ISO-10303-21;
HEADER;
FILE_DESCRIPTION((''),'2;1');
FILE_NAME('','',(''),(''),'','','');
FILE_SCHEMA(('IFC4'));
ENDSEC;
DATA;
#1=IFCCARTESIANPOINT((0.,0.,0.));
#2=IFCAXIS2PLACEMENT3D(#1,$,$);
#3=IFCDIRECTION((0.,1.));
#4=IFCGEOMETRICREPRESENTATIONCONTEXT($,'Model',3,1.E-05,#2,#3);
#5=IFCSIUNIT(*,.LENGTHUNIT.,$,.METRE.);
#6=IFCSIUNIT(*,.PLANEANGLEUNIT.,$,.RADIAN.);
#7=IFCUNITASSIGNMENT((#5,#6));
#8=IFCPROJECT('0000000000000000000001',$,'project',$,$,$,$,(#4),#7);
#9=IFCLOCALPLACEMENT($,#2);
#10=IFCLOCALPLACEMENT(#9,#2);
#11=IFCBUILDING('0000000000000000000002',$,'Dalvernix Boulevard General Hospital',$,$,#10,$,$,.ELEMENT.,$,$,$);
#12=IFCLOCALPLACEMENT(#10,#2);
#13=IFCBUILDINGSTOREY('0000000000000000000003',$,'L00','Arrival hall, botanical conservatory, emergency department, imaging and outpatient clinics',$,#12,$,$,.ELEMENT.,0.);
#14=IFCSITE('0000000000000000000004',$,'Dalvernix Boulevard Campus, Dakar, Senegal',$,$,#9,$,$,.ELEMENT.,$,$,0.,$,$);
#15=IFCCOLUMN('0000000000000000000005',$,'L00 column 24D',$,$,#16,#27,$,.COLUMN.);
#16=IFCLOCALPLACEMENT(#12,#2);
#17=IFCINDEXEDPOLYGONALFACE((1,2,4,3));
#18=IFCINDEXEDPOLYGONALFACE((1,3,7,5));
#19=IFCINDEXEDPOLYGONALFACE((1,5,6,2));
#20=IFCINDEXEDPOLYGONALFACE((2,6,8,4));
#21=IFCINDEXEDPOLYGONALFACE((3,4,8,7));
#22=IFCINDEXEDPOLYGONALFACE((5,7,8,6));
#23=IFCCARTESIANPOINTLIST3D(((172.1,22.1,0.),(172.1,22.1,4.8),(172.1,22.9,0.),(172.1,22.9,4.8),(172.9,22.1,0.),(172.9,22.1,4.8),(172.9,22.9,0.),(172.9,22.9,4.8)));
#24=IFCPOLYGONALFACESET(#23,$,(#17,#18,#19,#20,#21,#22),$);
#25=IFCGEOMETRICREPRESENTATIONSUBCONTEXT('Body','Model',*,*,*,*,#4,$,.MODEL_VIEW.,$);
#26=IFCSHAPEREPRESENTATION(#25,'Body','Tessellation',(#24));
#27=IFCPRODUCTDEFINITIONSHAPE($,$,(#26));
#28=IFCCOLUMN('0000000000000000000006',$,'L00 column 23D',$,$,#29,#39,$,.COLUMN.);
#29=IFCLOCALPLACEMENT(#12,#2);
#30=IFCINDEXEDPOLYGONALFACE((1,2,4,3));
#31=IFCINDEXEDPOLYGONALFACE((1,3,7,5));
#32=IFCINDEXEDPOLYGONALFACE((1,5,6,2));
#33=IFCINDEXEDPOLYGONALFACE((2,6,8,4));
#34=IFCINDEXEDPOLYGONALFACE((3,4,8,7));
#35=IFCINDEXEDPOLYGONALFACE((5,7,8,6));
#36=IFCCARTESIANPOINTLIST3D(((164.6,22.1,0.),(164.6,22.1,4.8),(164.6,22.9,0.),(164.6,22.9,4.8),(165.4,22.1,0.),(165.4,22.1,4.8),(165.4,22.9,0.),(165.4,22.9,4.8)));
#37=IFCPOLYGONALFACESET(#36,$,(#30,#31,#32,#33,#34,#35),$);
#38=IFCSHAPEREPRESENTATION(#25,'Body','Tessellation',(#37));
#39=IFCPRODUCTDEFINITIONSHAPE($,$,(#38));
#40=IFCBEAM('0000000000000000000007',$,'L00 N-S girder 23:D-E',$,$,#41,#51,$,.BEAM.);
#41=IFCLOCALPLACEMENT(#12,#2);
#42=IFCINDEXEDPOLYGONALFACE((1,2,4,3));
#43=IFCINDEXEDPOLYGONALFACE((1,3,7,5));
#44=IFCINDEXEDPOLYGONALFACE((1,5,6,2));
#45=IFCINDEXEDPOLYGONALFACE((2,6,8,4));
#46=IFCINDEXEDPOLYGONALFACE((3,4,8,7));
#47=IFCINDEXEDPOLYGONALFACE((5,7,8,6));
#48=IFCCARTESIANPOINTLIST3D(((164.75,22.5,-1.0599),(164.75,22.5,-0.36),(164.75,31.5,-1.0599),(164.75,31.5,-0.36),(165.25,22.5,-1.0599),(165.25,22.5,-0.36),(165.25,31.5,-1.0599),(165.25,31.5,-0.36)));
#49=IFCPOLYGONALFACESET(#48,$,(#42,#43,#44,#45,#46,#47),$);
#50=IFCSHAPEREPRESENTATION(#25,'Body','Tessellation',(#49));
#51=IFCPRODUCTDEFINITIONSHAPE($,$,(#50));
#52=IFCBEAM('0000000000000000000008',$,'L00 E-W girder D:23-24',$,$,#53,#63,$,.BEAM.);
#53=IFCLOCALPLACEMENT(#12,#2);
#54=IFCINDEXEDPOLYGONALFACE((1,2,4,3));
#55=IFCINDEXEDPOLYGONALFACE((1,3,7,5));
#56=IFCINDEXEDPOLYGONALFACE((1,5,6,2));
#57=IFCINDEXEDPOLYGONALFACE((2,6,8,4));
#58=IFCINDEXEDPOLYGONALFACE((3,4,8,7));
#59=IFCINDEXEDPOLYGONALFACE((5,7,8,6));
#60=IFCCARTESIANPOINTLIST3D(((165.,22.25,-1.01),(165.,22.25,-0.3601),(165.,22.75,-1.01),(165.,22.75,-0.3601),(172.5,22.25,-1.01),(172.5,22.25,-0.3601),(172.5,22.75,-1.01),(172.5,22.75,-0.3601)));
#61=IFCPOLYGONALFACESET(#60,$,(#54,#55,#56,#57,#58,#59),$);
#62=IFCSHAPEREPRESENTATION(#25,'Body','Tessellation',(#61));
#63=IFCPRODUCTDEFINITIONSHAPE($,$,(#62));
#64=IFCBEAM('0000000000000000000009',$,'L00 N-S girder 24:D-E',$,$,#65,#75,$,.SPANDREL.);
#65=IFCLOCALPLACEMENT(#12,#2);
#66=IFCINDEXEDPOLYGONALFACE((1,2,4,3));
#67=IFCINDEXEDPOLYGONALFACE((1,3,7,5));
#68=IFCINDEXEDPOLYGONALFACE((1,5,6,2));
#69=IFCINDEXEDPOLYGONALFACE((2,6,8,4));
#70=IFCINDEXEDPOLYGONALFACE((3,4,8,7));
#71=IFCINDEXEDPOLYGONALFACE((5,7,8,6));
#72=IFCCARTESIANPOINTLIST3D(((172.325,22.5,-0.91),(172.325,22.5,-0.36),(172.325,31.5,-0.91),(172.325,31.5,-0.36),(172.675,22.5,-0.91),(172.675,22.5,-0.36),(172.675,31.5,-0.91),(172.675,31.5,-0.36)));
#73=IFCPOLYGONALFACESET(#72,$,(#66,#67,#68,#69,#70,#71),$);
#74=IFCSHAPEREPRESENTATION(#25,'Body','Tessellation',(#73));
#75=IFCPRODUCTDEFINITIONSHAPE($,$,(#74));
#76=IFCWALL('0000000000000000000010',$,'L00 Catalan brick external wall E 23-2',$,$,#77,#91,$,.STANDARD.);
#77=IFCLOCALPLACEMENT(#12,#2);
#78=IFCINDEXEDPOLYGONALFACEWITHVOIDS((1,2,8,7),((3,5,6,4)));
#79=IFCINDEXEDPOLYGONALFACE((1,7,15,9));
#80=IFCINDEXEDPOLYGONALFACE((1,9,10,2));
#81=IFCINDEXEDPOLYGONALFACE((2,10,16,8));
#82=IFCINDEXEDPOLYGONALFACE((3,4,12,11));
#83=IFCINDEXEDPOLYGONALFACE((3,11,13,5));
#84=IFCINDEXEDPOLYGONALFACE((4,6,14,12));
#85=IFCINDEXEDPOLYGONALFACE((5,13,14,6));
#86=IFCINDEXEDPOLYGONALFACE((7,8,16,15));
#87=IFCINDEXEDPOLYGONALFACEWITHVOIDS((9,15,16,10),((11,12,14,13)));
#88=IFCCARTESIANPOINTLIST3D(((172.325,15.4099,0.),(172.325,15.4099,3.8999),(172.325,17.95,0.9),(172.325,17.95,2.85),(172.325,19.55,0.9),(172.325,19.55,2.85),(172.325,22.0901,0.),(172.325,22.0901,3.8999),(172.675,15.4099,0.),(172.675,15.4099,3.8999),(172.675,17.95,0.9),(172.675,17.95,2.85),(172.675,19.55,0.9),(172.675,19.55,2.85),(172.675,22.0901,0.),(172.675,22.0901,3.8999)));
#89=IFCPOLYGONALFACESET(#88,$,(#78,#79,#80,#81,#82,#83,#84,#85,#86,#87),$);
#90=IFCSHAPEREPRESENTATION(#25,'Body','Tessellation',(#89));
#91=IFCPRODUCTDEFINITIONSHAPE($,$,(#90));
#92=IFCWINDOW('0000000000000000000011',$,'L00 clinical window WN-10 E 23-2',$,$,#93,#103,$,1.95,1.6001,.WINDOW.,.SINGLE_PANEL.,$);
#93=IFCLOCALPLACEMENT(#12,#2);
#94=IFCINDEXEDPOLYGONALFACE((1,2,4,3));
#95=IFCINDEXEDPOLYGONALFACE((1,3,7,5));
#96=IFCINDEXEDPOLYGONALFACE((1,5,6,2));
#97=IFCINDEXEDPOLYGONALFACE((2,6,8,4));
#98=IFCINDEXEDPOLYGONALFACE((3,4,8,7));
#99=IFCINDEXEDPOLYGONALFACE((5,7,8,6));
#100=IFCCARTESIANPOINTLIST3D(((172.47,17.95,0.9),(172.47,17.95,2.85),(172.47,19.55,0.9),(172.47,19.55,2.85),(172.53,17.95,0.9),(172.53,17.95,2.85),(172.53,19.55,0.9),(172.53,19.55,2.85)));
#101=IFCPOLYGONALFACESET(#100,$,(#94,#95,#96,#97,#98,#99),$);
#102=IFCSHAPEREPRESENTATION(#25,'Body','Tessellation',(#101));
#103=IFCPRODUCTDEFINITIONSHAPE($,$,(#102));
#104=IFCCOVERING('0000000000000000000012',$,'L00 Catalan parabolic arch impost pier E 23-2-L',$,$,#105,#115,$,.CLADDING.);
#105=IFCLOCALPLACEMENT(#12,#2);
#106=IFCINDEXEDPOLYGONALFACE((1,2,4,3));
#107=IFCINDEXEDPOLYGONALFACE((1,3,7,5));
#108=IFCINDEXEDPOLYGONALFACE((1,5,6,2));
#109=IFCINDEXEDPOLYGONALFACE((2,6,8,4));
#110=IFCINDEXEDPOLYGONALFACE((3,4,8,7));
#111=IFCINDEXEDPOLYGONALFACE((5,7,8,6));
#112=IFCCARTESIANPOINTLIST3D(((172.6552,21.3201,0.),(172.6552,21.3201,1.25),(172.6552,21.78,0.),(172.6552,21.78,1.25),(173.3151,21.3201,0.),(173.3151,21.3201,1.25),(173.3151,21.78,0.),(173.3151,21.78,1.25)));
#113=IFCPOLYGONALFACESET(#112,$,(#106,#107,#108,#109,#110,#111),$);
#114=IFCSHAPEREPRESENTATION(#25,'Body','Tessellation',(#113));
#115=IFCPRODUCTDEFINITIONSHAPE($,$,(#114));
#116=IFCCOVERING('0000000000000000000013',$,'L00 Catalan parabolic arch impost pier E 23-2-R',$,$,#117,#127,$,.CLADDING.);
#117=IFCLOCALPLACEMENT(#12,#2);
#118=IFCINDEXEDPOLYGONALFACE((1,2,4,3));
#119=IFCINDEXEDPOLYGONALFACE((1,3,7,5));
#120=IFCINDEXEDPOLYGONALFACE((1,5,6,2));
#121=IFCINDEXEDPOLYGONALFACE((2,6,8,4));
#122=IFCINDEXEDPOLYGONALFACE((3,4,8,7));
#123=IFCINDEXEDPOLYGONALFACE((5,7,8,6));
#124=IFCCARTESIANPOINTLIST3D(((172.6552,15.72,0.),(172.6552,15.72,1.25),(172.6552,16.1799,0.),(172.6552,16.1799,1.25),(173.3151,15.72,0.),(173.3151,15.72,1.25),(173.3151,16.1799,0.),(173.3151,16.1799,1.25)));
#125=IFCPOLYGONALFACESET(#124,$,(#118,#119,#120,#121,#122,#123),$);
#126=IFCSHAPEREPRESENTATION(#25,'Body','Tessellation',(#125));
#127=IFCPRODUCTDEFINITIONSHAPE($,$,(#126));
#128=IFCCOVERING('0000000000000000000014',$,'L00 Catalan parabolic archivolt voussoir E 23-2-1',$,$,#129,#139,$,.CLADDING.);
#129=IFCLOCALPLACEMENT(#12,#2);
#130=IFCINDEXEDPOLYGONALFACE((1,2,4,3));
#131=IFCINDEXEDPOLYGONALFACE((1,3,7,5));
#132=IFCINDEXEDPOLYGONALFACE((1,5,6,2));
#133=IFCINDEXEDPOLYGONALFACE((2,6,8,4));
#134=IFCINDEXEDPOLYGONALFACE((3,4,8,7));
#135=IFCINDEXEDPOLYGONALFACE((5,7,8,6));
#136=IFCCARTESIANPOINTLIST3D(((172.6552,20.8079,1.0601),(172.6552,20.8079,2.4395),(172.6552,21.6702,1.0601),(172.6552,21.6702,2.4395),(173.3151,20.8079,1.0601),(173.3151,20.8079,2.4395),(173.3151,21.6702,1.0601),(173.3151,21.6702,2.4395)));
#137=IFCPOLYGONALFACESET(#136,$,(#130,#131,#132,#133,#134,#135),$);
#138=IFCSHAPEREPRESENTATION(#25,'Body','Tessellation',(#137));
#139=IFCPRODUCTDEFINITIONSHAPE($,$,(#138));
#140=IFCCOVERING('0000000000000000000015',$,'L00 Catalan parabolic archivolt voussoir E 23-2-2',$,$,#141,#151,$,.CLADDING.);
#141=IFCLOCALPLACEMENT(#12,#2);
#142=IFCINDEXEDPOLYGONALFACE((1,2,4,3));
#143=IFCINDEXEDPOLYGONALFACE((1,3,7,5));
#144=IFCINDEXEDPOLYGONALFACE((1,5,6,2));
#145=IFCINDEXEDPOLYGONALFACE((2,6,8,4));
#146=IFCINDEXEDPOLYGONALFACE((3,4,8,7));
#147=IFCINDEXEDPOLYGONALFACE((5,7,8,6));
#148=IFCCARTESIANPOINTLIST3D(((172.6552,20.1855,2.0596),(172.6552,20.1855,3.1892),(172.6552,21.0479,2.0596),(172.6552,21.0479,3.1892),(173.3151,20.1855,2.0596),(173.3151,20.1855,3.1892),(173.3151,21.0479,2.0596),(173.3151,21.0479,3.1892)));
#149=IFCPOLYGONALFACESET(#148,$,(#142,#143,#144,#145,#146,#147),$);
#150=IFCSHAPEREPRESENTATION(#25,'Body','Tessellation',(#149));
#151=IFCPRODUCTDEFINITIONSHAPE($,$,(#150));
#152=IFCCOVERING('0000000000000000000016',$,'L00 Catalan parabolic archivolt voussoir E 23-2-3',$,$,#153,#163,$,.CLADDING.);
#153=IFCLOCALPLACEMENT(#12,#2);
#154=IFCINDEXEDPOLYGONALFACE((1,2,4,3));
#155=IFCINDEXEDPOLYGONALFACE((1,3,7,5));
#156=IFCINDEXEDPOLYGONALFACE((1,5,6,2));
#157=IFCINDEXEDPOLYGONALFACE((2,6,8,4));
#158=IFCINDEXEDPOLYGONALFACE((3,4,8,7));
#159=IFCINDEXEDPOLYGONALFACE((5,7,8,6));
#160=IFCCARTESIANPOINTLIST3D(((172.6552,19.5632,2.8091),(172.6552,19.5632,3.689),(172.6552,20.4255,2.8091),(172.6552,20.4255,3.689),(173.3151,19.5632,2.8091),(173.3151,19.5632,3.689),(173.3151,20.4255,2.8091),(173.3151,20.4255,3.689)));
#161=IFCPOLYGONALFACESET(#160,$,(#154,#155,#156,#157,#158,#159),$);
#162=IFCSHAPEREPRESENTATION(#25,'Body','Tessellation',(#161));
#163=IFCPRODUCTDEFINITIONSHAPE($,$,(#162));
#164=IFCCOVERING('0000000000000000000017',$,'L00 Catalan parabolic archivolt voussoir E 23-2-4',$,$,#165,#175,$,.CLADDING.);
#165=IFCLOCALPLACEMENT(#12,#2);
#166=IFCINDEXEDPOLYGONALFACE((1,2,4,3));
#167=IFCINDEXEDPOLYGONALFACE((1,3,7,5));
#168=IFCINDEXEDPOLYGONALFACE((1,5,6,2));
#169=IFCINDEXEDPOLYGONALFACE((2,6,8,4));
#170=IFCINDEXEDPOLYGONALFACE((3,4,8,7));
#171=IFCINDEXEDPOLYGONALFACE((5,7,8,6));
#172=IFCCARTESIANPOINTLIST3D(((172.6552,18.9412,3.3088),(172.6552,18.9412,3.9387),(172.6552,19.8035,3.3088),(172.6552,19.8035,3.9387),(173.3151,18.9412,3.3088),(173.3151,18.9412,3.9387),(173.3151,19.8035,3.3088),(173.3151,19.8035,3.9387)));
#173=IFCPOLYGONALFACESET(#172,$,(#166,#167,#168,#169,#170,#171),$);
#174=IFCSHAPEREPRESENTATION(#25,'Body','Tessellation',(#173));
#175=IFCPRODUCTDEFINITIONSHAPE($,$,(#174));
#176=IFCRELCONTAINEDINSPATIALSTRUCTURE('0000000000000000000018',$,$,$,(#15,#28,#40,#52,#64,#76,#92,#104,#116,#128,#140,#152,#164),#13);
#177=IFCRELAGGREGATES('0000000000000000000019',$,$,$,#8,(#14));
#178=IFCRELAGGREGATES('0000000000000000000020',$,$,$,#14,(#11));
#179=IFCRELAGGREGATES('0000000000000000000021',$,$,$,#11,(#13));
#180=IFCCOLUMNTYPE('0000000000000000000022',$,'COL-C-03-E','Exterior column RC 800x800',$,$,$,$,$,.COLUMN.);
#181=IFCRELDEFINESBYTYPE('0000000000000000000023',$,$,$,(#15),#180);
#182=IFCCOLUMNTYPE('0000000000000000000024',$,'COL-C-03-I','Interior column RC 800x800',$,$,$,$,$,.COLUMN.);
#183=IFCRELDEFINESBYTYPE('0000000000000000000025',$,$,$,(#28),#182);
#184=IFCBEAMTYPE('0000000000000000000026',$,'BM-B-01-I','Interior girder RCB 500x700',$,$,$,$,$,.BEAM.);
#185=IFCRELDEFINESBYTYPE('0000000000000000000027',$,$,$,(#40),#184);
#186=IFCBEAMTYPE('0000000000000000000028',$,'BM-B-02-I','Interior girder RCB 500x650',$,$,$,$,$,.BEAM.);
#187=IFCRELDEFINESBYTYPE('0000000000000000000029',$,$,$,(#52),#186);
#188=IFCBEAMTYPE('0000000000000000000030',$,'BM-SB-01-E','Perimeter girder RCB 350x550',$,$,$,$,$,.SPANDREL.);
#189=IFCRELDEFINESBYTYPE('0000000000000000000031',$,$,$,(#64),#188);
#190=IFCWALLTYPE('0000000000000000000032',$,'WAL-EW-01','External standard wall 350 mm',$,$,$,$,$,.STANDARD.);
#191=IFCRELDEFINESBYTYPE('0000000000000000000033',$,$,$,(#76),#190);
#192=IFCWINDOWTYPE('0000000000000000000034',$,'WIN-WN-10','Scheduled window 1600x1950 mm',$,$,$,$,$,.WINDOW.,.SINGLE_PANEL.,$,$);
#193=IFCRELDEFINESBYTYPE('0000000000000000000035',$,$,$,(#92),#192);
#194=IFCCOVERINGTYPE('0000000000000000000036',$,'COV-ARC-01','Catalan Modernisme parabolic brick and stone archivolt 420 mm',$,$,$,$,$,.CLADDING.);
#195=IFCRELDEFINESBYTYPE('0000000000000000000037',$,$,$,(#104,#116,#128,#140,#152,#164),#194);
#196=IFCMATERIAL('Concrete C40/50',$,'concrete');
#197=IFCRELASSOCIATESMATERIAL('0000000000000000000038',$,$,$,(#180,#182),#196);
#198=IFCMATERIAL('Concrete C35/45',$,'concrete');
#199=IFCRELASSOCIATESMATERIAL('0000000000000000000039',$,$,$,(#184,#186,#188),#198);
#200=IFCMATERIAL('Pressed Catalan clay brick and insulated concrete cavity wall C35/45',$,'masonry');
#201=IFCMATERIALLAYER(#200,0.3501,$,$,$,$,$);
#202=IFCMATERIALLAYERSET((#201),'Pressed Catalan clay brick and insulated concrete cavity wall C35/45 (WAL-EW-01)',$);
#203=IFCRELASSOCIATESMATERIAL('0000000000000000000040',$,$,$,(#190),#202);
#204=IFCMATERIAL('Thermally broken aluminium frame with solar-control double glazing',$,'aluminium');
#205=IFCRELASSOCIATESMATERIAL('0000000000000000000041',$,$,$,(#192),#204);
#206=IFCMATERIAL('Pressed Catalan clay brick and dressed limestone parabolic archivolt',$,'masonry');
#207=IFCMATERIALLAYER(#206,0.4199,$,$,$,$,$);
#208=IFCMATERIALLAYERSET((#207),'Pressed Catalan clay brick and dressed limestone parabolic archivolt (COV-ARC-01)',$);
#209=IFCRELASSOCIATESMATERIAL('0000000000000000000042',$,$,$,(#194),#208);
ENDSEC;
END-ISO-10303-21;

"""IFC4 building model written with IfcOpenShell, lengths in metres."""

from ifc_helpers import new_model, si_unit, direction, frame, frame_2d, origin, origin_2d, place, context, subcontext, project, spatial, rectangle, extrude, material, layer, layer_set, material_profile, profile_set, type_object, element, fill, save


model = new_model("IFC4")

# Units and contexts
model_context = context("Model", 3, precision=1e-05, world=origin(), true_north=direction((0.0, 1.0)))
body_context = subcontext(model_context, "Body", "Model", "MODEL_VIEW")
ifc_project = project(units=[si_unit("LENGTHUNIT", "METRE"), si_unit("PLANEANGLEUNIT", "RADIAN")], contexts=[model_context])

# Site, building, storey
site_placement = place(None, origin())
site = spatial("IfcSite", under=ifc_project, at=site_placement, Name="Dalvernix Boulevard Campus, Dakar, Senegal", CompositionType="ELEMENT", RefElevation=0.0)
building_placement = place(site_placement, origin())
building = spatial("IfcBuilding", under=site, at=building_placement, Name="Dalvernix Boulevard General Hospital", CompositionType="ELEMENT")
storey_placement = place(building_placement, origin())
storey = spatial("IfcBuildingStorey", under=building, at=storey_placement, Name="L00", Description="Arrival hall, botanical conservatory, emergency department, imaging and outpatient clinics", CompositionType="ELEMENT", Elevation=0.0)

# Columns
ifc_material_1 = material(Name="Concrete C40/50", Category="concrete")
ifc_material_profile_1 = material_profile(ifc_material_1, rectangle(XDim=0.8, YDim=0.8, at=origin_2d()), Name="RC 800x800")
ifc_profile_set_1 = profile_set([ifc_material_profile_1], Name="Concrete C40/50")
column_type_1 = type_object("IfcColumnType", Name="COL-C-03-E", Description="Exterior column RC 800x800", PredefinedType="COLUMN", material=ifc_profile_set_1)
column_1_placement = place(storey_placement, frame((172.5, 22.5, 0.0), z_axis=(0.0, 0.0, 1.0), x_axis=(1.0, 0.0, 0.0)))
element("IfcColumn", 1, at=column_1_placement, inside=storey, type_object=column_type_1, Name="L00 column 24D", PredefinedType="COLUMN", context=body_context, shape_type="SweptSolid", body=[
    extrude(rectangle(XDim=0.8, YDim=0.8, at=origin_2d()), origin(), (0.0, 0.0, 1.0), 4.8),
])
ifc_material_profile_2 = material_profile(ifc_material_1, rectangle(XDim=0.8, YDim=0.8, at=origin_2d()), Name="RC 800x800")
ifc_profile_set_2 = profile_set([ifc_material_profile_2], Name="Concrete C40/50")
column_type_2 = type_object("IfcColumnType", Name="COL-C-03-I", Description="Interior column RC 800x800", PredefinedType="COLUMN", material=ifc_profile_set_2)
column_2_placement = place(storey_placement, frame((165.0, 22.5, 0.0), z_axis=(0.0, 0.0, 1.0), x_axis=(1.0, 0.0, 0.0)))
element("IfcColumn", 2, at=column_2_placement, inside=storey, type_object=column_type_2, Name="L00 column 23D", PredefinedType="COLUMN", context=body_context, shape_type="SweptSolid", body=[
    extrude(rectangle(XDim=0.8, YDim=0.8, at=origin_2d()), origin(), (0.0, 0.0, 1.0), 4.8),
])

# Beams
ifc_material_2 = material(Name="Concrete C35/45", Category="concrete")
ifc_material_profile_3 = material_profile(ifc_material_2, rectangle(XDim=0.5, YDim=0.7, at=origin_2d()), Name="RCB 500x700")
ifc_profile_set_3 = profile_set([ifc_material_profile_3], Name="Concrete C35/45")
beam_type_1 = type_object("IfcBeamType", Name="BM-B-01-I", Description="Interior girder RCB 500x700", PredefinedType="BEAM", material=ifc_profile_set_3)
beam_1_placement = place(storey_placement, frame((165.0, 22.5, -0.71), z_axis=(0.0, 1.0, 0.0), x_axis=(-1.0, 0.0, 0.0)))
element("IfcBeam", 3, at=beam_1_placement, inside=storey, type_object=beam_type_1, Name="L00 N-S girder 23:D-E", PredefinedType="BEAM", context=body_context, shape_type="SweptSolid", body=[
    extrude(rectangle(XDim=0.5, YDim=0.7, at=origin_2d()), origin(), (0.0, 0.0, 1.0), 9.0),
])
ifc_material_profile_4 = material_profile(ifc_material_2, rectangle(XDim=0.5, YDim=0.6499, at=origin_2d()), Name="RCB 500x650")
ifc_profile_set_4 = profile_set([ifc_material_profile_4], Name="Concrete C35/45")
beam_type_2 = type_object("IfcBeamType", Name="BM-B-02-I", Description="Interior girder RCB 500x650", PredefinedType="BEAM", material=ifc_profile_set_4)
beam_2_placement = place(storey_placement, frame((165.0, 22.5, -0.6851), z_axis=(1.0, 0.0, 0.0), x_axis=(0.0, 1.0, 0.0)))
element("IfcBeam", 4, at=beam_2_placement, inside=storey, type_object=beam_type_2, Name="L00 E-W girder D:23-24", PredefinedType="BEAM", context=body_context, shape_type="SweptSolid", body=[
    extrude(rectangle(XDim=0.5, YDim=0.6499, at=origin_2d()), origin(), (0.0, 0.0, 1.0), 7.5),
])
ifc_material_profile_5 = material_profile(ifc_material_2, rectangle(XDim=0.3501, YDim=0.55, at=origin_2d()), Name="RCB 350x550")
ifc_profile_set_5 = profile_set([ifc_material_profile_5], Name="Concrete C35/45")
beam_type_3 = type_object("IfcBeamType", Name="BM-SB-01-E", Description="Perimeter girder RCB 350x550", PredefinedType="SPANDREL", material=ifc_profile_set_5)
beam_3_placement = place(storey_placement, frame((172.5, 22.5, -0.635), z_axis=(0.0, 1.0, 0.0), x_axis=(-1.0, 0.0, 0.0)))
element("IfcBeam", 5, at=beam_3_placement, inside=storey, type_object=beam_type_3, Name="L00 N-S girder 24:D-E", PredefinedType="SPANDREL", context=body_context, shape_type="SweptSolid", body=[
    extrude(rectangle(XDim=0.3501, YDim=0.55, at=origin_2d()), origin(), (0.0, 0.0, 1.0), 9.0),
])

# Wall, opening, window
ifc_material_3 = material(Name="Pressed Catalan clay brick and insulated concrete cavity wall C35/45", Category="masonry")
ifc_layer_1 = layer(ifc_material_3, 0.3501)
ifc_layer_set_1 = layer_set([ifc_layer_1], Name="Pressed Catalan clay brick and insulated concrete cavity wall C35/45 (WAL-EW-01)")
wall_type = type_object("IfcWallType", Name="WAL-EW-01", Description="External standard wall 350 mm", PredefinedType="STANDARD", material=ifc_layer_set_1)
wall_placement = place(storey_placement, frame((172.5, 22.0901, 0.0), z_axis=(0.0, 0.0, 1.0), x_axis=(0.0, -1.0, 0.0)))
wall = element("IfcWall", 6, at=wall_placement, inside=storey, type_object=wall_type, Name="L00 Catalan brick external wall E 23-2", PredefinedType="STANDARD", context=body_context, shape_type="SweptSolid", body=[
    extrude(rectangle(XDim=6.6802, YDim=0.3501, at=frame_2d((3.3401, 0.0))), origin(), (0.0, 0.0, 1.0), 3.8999),
])
opening_placement = place(wall_placement, frame((2.54, 0.0, 0.8999)))
opening = element("IfcOpeningElement", 7, at=opening_placement, cuts=wall, PredefinedType="OPENING", context=body_context, shape_type="SweptSolid", body=[
    extrude(rectangle(XDim=1.6001, YDim=1.95, at=frame_2d((0.8, 0.9751))), frame((0.0, 0.1851, 0.0), z_axis=(0.0, -1.0, 0.0), x_axis=(1.0, 0.0, 0.0)), (0.0, 0.0, 1.0), 0.3701),
])
ifc_material_4 = material(Name="Thermally broken aluminium frame with solar-control double glazing", Category="aluminium")
window_type = type_object("IfcWindowType", Name="WIN-WN-10", Description="Scheduled window 1600x1950 mm", PartitioningType="SINGLE_PANEL", PredefinedType="WINDOW", material=ifc_material_4)
window_placement = place(opening_placement, origin())
window = element("IfcWindow", 8, at=window_placement, inside=storey, type_object=window_type, Name="L00 clinical window WN-10 E 23-2", OverallHeight=1.95, OverallWidth=1.6001, PartitioningType="SINGLE_PANEL", PredefinedType="WINDOW", context=body_context, shape_type="SweptSolid", body=[
    extrude(rectangle(XDim=1.6001, YDim=1.95, at=frame_2d((0.8, 0.9751))), frame((0.0, 0.03, 0.0), z_axis=(0.0, -1.0, 0.0), x_axis=(1.0, 0.0, 0.0)), (0.0, 0.0, 1.0), 0.0601),
])
fill(opening, window)

# Coverings
ifc_material_5 = material(Name="Pressed Catalan clay brick and dressed limestone parabolic archivolt", Category="masonry")
ifc_layer_2 = layer(ifc_material_5, 0.4199)
ifc_layer_set_2 = layer_set([ifc_layer_2], Name="Pressed Catalan clay brick and dressed limestone parabolic archivolt (COV-ARC-01)")
covering_type_1 = type_object("IfcCoveringType", Name="COV-ARC-01", Description="Catalan Modernisme parabolic brick and stone archivolt 420 mm", PredefinedType="CLADDING", material=ifc_layer_set_2)
for number, where, z_axis, x_axis, name in (
    (9, (172.9851, 21.55, 0.0), (0.0, 0.0, 1.0), (0.0, -1.0, 0.0), "L00 Catalan parabolic arch impost pier E 23-2-L"),
    (10, (172.9851, 15.95, 0.0), (0.0, 0.0, 1.0), (0.0, -1.0, 0.0), "L00 Catalan parabolic arch impost pier E 23-2-R"),
):
    element("IfcCovering", number, at=place(storey_placement, frame(where, z_axis=z_axis, x_axis=x_axis)), inside=storey, type_object=covering_type_1, Name=name, PredefinedType="CLADDING", context=body_context, shape_type="SweptSolid", body=[
        extrude(rectangle(XDim=0.46, YDim=0.6599, at=origin_2d()), origin(), (0.0, 0.0, 1.0), 1.25),
    ])
covering_1_placement = place(storey_placement, frame((172.9851, 21.239, 1.0601), z_axis=(0.0, 0.0, 1.0), x_axis=(0.0, -1.0, 0.0)))
element("IfcCovering", 11, at=covering_1_placement, inside=storey, type_object=covering_type_1, Name="L00 Catalan parabolic archivolt voussoir E 23-2-1", PredefinedType="CLADDING", context=body_context, shape_type="SweptSolid", body=[
    extrude(rectangle(XDim=0.8623, YDim=0.6599, at=origin_2d()), origin(), (0.0, 0.0, 1.0), 1.3794),
])
covering_2_placement = place(storey_placement, frame((172.9851, 20.6167, 2.0596), z_axis=(0.0, 0.0, 1.0), x_axis=(0.0, -1.0, 0.0)))
element("IfcCovering", 12, at=covering_2_placement, inside=storey, type_object=covering_type_1, Name="L00 Catalan parabolic archivolt voussoir E 23-2-2", PredefinedType="CLADDING", context=body_context, shape_type="SweptSolid", body=[
    extrude(rectangle(XDim=0.8623, YDim=0.6599, at=origin_2d()), origin(), (0.0, 0.0, 1.0), 1.1296),
])
covering_3_placement = place(storey_placement, frame((172.9851, 19.9944, 2.8091), z_axis=(0.0, 0.0, 1.0), x_axis=(0.0, -1.0, 0.0)))
element("IfcCovering", 13, at=covering_3_placement, inside=storey, type_object=covering_type_1, Name="L00 Catalan parabolic archivolt voussoir E 23-2-3", PredefinedType="CLADDING", context=body_context, shape_type="SweptSolid", body=[
    extrude(rectangle(XDim=0.8623, YDim=0.6599, at=origin_2d()), origin(), (0.0, 0.0, 1.0), 0.8799),
])
covering_4_placement = place(storey_placement, frame((172.9851, 19.3723, 3.3088), z_axis=(0.0, 0.0, 1.0), x_axis=(0.0, -1.0, 0.0)))
element("IfcCovering", 14, at=covering_4_placement, inside=storey, type_object=covering_type_1, Name="L00 Catalan parabolic archivolt voussoir E 23-2-4", PredefinedType="CLADDING", context=body_context, shape_type="SweptSolid", body=[
    extrude(rectangle(XDim=0.8623, YDim=0.6599, at=origin_2d()), origin(), (0.0, 0.0, 1.0), 0.6299),
])

save(model, "model.ifc")
